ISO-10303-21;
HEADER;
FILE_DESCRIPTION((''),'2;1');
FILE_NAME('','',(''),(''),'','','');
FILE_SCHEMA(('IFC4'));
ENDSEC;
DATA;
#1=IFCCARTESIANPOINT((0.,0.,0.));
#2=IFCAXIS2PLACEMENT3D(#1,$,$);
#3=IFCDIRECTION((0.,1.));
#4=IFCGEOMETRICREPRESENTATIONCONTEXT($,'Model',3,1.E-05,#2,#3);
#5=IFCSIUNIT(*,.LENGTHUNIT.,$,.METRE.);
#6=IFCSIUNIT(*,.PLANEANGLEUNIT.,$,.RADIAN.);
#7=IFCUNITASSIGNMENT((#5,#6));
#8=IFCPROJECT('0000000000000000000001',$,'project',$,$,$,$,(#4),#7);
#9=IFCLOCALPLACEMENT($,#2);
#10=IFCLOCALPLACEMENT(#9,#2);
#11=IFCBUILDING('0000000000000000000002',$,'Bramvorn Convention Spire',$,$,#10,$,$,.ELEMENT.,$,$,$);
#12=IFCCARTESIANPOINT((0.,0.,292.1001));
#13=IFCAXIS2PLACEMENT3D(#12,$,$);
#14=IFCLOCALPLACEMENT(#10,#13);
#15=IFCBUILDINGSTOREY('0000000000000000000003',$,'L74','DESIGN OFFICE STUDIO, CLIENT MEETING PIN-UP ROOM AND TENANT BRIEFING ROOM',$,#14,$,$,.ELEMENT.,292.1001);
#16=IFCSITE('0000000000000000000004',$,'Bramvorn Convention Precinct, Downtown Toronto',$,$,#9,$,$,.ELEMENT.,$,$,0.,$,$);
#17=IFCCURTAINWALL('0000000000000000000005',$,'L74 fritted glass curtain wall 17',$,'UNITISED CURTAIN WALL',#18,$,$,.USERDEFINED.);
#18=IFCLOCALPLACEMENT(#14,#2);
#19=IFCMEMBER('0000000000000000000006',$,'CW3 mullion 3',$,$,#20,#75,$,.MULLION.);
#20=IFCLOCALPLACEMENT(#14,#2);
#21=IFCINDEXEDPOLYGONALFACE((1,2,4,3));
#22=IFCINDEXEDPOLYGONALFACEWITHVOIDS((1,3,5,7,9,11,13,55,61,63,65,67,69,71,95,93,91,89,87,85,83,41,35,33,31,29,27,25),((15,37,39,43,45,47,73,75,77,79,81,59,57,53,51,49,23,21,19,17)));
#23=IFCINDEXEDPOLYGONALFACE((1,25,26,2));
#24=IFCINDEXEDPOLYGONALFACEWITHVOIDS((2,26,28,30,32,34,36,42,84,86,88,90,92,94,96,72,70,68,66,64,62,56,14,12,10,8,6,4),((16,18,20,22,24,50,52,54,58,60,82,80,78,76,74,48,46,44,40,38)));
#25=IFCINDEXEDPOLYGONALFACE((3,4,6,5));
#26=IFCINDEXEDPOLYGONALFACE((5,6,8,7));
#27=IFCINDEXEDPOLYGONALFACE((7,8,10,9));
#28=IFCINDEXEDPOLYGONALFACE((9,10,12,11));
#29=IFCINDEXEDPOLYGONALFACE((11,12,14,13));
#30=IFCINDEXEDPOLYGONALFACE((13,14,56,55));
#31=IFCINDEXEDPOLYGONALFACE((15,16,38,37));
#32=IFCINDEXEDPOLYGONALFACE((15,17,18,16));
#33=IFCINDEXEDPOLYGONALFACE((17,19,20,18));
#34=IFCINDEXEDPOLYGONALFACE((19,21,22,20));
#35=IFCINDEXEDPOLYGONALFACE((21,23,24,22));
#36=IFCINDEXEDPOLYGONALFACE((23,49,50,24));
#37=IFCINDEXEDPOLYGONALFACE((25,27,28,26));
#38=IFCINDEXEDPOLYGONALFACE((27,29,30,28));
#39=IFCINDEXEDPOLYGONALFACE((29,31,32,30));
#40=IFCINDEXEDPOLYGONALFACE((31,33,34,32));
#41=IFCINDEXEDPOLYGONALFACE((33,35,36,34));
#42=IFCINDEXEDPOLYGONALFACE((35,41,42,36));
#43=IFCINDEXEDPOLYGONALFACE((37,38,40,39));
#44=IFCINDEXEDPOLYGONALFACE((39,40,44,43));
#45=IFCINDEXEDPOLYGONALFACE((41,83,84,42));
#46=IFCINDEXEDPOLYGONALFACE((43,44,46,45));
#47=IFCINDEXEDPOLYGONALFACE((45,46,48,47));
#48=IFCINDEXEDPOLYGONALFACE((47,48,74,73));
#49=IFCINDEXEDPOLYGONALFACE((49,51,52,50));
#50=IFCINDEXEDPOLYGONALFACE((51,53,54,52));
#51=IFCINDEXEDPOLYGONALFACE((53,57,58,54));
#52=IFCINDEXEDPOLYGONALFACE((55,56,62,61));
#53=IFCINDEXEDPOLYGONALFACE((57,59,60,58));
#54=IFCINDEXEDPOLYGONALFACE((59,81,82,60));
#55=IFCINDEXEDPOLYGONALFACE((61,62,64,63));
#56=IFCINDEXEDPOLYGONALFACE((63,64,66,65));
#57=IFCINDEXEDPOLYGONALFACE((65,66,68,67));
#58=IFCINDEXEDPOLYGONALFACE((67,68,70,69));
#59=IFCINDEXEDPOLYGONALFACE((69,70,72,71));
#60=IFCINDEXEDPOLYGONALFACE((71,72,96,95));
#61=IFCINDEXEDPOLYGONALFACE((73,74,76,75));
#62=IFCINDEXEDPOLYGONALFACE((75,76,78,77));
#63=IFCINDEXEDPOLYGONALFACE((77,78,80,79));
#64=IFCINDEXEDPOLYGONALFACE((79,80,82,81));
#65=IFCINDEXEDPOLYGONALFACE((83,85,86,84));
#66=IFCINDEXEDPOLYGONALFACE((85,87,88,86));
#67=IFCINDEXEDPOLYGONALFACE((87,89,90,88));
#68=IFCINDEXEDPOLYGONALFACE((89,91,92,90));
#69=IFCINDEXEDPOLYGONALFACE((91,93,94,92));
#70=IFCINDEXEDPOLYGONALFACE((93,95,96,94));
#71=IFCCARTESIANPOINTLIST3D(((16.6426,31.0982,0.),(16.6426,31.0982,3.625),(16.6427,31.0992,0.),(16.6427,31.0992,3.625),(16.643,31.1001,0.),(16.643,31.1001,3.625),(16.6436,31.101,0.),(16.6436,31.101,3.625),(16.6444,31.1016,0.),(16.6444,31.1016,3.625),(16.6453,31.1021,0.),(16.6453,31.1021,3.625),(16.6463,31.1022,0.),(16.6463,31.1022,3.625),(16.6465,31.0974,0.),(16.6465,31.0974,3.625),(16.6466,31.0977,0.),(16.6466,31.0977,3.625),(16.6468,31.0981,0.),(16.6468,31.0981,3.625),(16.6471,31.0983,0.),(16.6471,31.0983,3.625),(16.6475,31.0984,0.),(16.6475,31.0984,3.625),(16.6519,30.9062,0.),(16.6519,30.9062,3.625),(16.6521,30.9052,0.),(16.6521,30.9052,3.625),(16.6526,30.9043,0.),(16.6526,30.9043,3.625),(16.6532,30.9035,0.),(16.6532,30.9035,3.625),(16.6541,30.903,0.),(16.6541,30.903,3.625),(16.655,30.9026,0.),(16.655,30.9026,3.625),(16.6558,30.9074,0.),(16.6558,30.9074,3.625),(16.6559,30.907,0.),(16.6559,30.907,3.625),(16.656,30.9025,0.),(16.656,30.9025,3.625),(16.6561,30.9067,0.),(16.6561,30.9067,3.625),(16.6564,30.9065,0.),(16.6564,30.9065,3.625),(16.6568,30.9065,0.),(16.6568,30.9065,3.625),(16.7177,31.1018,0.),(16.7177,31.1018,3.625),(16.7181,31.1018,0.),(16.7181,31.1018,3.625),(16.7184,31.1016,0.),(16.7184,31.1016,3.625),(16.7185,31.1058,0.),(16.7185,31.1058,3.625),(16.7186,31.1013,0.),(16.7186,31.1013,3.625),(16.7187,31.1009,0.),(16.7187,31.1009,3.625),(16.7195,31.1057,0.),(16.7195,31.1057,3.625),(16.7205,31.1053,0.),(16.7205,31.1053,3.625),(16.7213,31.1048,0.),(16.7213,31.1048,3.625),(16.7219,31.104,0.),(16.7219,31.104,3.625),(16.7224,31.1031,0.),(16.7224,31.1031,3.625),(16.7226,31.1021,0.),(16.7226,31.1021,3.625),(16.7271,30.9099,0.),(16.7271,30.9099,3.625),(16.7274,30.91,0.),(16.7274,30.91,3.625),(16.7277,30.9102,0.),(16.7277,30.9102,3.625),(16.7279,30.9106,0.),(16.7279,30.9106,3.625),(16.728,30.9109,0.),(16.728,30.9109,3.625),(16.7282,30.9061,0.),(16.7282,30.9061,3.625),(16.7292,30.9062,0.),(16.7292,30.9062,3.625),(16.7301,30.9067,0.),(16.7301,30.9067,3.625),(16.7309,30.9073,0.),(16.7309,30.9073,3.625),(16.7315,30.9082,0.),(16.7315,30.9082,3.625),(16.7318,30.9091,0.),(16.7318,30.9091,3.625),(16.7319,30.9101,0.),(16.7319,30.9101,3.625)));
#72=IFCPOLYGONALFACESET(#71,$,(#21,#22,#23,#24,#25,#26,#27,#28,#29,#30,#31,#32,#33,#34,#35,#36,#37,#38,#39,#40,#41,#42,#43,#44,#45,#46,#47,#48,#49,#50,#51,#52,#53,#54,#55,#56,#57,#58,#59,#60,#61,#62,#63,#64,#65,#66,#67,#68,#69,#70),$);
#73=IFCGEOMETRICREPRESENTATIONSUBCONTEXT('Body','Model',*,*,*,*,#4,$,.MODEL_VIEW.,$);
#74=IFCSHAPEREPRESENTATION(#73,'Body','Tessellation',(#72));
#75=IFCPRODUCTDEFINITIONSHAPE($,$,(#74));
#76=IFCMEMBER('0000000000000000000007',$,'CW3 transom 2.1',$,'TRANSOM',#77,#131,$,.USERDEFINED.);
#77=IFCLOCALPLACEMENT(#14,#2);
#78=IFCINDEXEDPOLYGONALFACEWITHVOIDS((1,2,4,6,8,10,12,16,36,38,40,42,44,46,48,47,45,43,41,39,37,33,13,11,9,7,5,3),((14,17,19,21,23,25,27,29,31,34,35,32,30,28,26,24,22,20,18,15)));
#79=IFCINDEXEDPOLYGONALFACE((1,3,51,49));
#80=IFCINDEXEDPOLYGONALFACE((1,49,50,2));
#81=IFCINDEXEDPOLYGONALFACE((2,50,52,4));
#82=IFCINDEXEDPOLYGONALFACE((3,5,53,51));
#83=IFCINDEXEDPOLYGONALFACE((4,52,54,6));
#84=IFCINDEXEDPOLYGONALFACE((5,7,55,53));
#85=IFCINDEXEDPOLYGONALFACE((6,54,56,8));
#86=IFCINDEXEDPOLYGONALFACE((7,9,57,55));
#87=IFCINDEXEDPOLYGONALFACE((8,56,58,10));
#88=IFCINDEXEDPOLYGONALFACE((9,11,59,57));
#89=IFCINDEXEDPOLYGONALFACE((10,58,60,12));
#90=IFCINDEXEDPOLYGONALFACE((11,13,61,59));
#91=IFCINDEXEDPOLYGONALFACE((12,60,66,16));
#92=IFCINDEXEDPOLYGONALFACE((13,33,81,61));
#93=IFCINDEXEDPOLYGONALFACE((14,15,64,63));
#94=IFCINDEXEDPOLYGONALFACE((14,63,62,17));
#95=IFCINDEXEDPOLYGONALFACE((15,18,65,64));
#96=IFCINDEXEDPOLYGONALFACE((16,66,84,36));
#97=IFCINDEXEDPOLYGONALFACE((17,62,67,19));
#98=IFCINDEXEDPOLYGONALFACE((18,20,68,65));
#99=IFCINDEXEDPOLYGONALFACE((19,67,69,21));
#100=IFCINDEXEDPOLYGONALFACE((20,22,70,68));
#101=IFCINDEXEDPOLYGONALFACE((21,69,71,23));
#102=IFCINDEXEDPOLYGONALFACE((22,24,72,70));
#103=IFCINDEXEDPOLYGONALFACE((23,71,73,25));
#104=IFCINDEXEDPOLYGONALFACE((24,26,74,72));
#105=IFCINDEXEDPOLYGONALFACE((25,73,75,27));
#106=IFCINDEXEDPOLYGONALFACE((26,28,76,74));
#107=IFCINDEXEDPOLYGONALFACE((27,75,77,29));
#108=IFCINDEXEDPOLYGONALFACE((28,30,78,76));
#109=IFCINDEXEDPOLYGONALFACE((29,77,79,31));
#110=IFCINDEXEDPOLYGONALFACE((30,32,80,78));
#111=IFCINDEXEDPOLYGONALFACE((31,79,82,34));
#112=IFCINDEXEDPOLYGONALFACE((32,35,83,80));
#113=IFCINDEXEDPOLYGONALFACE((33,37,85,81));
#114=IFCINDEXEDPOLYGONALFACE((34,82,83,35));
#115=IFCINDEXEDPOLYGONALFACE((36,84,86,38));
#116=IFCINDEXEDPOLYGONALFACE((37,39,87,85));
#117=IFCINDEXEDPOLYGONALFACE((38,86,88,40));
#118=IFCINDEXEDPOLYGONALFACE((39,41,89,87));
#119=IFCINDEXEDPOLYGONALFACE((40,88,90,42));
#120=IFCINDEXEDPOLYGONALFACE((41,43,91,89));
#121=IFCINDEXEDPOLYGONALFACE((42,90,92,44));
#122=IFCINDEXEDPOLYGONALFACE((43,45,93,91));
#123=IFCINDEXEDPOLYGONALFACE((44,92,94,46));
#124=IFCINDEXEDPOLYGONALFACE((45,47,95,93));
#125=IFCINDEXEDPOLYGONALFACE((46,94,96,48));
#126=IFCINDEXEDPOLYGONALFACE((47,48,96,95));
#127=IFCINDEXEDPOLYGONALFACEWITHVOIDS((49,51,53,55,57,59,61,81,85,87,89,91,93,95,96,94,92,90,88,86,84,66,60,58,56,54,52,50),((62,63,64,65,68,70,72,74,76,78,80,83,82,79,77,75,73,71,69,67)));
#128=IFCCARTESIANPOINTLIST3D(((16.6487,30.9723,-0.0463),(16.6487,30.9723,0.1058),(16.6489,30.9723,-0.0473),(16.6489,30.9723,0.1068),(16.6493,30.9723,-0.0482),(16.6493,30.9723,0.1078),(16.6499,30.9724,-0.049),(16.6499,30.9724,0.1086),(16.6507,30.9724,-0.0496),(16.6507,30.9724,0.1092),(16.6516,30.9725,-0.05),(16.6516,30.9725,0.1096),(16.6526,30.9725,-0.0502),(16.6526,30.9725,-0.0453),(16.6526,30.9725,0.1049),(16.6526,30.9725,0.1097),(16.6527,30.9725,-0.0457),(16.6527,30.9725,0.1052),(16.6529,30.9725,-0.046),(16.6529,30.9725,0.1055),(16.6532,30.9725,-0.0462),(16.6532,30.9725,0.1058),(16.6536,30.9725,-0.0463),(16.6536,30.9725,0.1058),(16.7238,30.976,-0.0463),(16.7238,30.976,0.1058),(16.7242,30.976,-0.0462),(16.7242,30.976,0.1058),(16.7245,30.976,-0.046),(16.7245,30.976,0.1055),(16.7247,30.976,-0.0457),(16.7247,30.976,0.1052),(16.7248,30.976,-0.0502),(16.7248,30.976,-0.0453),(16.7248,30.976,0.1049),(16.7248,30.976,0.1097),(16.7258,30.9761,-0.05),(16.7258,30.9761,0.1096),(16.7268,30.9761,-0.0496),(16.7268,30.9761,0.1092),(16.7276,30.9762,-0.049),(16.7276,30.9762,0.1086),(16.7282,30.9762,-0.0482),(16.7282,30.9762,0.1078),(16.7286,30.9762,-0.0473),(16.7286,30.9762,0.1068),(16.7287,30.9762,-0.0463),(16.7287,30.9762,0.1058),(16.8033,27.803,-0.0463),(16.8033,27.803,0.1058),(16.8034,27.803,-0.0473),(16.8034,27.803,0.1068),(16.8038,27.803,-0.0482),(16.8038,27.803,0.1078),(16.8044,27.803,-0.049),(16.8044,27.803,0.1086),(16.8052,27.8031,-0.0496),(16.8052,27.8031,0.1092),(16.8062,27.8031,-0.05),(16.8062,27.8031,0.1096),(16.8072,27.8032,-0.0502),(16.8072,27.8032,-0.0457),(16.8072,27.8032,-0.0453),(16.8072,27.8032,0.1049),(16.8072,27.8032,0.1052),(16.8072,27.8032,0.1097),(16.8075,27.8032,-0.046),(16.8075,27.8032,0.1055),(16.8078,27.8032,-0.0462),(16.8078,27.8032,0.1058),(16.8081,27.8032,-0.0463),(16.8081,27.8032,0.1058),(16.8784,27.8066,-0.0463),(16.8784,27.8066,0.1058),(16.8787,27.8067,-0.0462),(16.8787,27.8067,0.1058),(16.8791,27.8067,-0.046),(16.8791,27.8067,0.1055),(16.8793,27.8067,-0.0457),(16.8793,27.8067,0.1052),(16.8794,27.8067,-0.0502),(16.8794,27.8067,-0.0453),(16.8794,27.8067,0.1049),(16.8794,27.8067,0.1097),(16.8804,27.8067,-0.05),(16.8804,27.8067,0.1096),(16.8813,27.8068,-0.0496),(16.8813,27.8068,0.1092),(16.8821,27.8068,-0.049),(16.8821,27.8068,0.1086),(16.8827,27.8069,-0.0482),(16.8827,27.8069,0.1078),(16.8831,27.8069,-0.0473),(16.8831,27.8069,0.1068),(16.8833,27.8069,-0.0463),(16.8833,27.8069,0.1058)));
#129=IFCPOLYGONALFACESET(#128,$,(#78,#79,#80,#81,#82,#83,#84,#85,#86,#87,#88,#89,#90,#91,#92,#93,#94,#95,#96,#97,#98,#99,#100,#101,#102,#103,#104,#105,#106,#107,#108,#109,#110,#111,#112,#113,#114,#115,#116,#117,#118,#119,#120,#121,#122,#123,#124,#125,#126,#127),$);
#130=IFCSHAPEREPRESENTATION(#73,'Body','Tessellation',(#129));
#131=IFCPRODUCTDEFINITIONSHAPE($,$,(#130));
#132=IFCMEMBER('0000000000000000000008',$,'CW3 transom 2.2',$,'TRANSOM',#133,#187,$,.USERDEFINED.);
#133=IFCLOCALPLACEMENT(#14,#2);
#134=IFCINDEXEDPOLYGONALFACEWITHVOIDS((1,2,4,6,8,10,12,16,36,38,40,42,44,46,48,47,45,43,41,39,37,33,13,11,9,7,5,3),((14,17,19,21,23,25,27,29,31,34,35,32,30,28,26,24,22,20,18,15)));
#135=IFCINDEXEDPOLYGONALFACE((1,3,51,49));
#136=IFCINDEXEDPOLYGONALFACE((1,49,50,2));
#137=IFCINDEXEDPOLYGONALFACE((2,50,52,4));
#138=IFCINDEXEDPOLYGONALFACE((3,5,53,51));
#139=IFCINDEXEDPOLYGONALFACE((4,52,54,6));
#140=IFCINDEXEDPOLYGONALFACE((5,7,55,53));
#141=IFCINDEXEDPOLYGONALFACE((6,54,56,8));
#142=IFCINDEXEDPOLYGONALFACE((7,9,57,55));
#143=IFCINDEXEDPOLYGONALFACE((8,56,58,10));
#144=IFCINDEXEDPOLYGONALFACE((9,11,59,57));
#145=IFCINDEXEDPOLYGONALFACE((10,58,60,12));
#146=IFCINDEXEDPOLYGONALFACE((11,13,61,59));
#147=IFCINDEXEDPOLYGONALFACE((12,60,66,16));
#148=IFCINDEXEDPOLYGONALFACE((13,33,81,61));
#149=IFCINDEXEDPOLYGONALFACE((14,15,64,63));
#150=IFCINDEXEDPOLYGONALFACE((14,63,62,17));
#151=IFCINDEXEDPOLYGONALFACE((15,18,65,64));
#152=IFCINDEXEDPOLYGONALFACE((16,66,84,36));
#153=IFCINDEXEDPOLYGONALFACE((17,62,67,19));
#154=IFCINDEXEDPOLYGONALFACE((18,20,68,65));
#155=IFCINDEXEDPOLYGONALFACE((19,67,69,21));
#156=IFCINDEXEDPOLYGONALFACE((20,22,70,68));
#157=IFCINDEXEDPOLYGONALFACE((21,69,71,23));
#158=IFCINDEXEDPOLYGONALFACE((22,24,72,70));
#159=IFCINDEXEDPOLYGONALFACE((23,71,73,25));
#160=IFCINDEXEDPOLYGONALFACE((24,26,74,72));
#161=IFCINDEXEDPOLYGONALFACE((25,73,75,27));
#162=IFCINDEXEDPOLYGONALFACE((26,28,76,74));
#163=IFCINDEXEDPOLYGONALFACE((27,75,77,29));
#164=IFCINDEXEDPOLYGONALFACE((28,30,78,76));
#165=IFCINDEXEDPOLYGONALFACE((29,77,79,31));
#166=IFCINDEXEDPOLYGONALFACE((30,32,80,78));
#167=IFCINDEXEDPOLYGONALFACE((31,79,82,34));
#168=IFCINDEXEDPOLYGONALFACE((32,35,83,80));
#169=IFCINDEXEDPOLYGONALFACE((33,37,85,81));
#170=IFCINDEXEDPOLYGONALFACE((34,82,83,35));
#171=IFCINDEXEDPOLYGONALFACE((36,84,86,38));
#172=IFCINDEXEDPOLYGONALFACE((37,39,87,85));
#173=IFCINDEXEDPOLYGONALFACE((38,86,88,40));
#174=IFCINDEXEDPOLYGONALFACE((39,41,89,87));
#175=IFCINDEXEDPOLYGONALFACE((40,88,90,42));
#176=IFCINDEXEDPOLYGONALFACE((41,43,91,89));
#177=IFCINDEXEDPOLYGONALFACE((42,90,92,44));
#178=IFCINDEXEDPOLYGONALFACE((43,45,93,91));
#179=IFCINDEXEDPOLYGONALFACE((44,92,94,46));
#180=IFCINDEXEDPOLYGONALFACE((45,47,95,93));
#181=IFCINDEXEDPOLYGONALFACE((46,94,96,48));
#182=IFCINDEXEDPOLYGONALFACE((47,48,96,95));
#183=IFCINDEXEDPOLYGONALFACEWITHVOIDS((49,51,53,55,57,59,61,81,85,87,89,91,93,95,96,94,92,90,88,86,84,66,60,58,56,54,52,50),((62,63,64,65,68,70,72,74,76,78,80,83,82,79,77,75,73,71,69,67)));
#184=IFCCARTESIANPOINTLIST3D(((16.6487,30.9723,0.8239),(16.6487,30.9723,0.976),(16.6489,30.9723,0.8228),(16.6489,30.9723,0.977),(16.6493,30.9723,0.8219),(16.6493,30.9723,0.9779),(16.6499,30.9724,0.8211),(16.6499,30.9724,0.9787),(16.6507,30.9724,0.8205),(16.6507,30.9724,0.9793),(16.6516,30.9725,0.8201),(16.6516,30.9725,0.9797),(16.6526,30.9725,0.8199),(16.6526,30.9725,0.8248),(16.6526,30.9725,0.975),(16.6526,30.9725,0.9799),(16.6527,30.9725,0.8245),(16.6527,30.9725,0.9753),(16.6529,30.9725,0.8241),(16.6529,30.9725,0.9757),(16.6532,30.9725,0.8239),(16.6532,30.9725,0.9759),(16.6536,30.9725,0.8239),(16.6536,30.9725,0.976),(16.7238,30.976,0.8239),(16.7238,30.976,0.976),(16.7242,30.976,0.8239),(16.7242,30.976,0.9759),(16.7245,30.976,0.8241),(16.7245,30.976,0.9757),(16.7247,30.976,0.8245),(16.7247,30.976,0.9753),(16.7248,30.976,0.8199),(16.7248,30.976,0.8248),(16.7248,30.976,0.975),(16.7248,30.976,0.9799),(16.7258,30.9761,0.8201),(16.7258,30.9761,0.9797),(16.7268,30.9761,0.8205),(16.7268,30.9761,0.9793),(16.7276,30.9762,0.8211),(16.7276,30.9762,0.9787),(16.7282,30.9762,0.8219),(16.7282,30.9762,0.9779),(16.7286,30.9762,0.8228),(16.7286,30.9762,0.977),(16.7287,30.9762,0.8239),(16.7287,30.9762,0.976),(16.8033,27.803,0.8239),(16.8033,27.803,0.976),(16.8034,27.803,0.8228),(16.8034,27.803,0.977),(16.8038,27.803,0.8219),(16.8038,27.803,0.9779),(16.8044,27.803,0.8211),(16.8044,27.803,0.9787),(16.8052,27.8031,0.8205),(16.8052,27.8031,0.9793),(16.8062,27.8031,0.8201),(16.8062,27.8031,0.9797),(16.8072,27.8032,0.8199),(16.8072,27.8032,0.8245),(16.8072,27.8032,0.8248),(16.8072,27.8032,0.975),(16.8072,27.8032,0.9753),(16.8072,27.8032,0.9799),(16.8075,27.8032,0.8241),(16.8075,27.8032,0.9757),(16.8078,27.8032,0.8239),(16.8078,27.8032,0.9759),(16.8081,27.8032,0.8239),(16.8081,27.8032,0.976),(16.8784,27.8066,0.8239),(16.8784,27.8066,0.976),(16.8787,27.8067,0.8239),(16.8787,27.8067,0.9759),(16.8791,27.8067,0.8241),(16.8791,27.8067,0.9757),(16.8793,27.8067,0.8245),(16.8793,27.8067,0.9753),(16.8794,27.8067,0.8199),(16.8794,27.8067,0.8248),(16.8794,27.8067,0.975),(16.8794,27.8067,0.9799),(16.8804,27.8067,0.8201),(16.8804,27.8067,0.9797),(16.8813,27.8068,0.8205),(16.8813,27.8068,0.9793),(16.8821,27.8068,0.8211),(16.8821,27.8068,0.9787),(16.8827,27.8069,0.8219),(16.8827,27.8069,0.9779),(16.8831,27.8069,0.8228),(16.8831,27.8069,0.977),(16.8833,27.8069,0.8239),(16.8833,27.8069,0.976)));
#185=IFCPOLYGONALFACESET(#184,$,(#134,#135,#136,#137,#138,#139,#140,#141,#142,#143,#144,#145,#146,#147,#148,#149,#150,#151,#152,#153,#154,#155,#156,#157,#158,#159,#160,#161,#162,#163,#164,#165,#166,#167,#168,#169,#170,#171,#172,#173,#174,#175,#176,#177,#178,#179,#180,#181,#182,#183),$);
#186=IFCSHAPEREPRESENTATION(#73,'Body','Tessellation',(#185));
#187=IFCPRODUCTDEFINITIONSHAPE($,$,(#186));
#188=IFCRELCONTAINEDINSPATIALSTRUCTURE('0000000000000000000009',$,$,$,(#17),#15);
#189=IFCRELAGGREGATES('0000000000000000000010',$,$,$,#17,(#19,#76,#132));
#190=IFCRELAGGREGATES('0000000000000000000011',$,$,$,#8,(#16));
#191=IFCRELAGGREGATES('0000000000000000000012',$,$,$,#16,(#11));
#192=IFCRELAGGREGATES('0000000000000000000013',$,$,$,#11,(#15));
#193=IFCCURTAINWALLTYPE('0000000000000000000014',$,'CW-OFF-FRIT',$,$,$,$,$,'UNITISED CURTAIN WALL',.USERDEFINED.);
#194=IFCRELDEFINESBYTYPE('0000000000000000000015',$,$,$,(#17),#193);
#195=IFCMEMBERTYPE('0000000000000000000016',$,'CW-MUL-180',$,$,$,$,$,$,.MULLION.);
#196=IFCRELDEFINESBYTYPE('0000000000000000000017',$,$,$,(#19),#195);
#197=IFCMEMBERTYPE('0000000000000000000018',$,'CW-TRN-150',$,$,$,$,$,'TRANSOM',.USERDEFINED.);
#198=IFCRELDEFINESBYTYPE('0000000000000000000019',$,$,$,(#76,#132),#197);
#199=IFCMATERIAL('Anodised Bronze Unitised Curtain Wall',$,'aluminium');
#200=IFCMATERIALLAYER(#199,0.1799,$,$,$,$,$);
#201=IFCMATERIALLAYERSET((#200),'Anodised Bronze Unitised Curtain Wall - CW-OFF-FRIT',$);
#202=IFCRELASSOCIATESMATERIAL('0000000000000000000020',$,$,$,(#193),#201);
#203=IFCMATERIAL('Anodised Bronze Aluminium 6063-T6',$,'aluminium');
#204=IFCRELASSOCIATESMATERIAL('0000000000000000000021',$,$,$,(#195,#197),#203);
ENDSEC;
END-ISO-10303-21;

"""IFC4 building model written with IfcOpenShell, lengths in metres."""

from ifc_helpers import new_model, si_unit, direction, frame, origin, origin_2d, place, context, subcontext, project, spatial, hollow_rectangle, extrude, material, layer, layer_set, material_profile, profile_set, type_object, element, aggregate, save


model = new_model("IFC4")

# Units and contexts
model_context = context("Model", 3, precision=1e-05, world=origin(), true_north=direction((0.0, 1.0)))
body_context = subcontext(model_context, "Body", "Model", "MODEL_VIEW")
ifc_project = project(units=[si_unit("LENGTHUNIT", "METRE"), si_unit("PLANEANGLEUNIT", "RADIAN")], contexts=[model_context])

# Site, building, storey
site_placement = place(None, origin())
site = spatial("IfcSite", under=ifc_project, at=site_placement, Name="Bramvorn Convention Precinct, Downtown Toronto", CompositionType="ELEMENT", RefElevation=0.0)
building_placement = place(site_placement, origin())
building = spatial("IfcBuilding", under=site, at=building_placement, Name="Bramvorn Convention Spire", CompositionType="ELEMENT")
storey_placement = place(building_placement, frame((0.0, 0.0, 292.1001)))
storey = spatial("IfcBuildingStorey", under=building, at=storey_placement, Name="L74", Description="DESIGN OFFICE STUDIO, CLIENT MEETING PIN-UP ROOM AND TENANT BRIEFING ROOM", CompositionType="ELEMENT", Elevation=292.1001)

# Curtain wall, members
ifc_material_1 = material(Name="Anodised Bronze Unitised Curtain Wall", Category="aluminium")
ifc_layer_1 = layer(ifc_material_1, 0.1799)
ifc_layer_set_1 = layer_set([ifc_layer_1], Name="Anodised Bronze Unitised Curtain Wall - CW-OFF-FRIT")
curtain_wall_type = type_object("IfcCurtainWallType", Name="CW-OFF-FRIT", ElementType="UNITISED CURTAIN WALL", PredefinedType="USERDEFINED", material=ifc_layer_set_1)
curtain_wall_placement = place(storey_placement, origin())
curtain_wall = element("IfcCurtainWall", 1, at=curtain_wall_placement, inside=storey, type_object=curtain_wall_type, Name="L74 fritted glass curtain wall 17", ObjectType="UNITISED CURTAIN WALL", PredefinedType="USERDEFINED")
ifc_material_2 = material(Name="Anodised Bronze Aluminium 6063-T6", Category="aluminium")
ifc_material_profile_1 = material_profile(ifc_material_2, hollow_rectangle(XDim=0.0801, YDim=0.2, WallThickness=0.0039, InnerFilletRadius=0.001, OuterFilletRadius=0.0039, at=origin_2d()))
ifc_profile_set_1 = profile_set([ifc_material_profile_1], Name="Anodised Bronze Aluminium 6063-T6 - CWM80X200")
member_type_1 = type_object("IfcMemberType", Name="CW-MUL-180", PredefinedType="MULLION", material=ifc_profile_set_1)
member_1_placement = place(storey_placement, frame((16.6873, 31.0042, 0.0), z_axis=(0.0, 0.0, 1.0), x_axis=(-0.998813, -0.048711, 0.0)))
member_1 = element("IfcMember", 2, at=member_1_placement, type_object=member_type_1, Name="CW3 mullion 3", PredefinedType="MULLION", context=body_context, shape_type="SweptSolid", body=[
    extrude(hollow_rectangle(XDim=0.0801, YDim=0.2, WallThickness=0.0039, InnerFilletRadius=0.001, OuterFilletRadius=0.0039, at=origin_2d()), origin(), (0.0, 0.0, 1.0), 3.625),
])
ifc_material_profile_2 = material_profile(ifc_material_2, hollow_rectangle(XDim=0.0801, YDim=0.1599, WallThickness=0.0039, InnerFilletRadius=0.001, OuterFilletRadius=0.0039, at=origin_2d()))
ifc_profile_set_2 = profile_set([ifc_material_profile_2], Name="Anodised Bronze Aluminium 6063-T6 - CWT80X160")
member_type_2 = type_object("IfcMemberType", Name="CW-TRN-150", ElementType="TRANSOM", PredefinedType="USERDEFINED", material=ifc_profile_set_2)
member_2_placement = place(storey_placement, frame((16.8433, 27.8049, 0.0298), z_axis=(-0.048702, 0.998813, 0.0), x_axis=(-0.998813, -0.048702, 0.0)))
member_2 = element("IfcMember", 3, at=member_2_placement, type_object=member_type_2, Name="CW3 transom 2.1", ObjectType="TRANSOM", PredefinedType="USERDEFINED", context=body_context, shape_type="SweptSolid", body=[
    extrude(hollow_rectangle(XDim=0.0801, YDim=0.1599, WallThickness=0.0039, InnerFilletRadius=0.001, OuterFilletRadius=0.0039, at=origin_2d()), origin(), (0.0, 0.0, 1.0), 3.1731),
])
member_3_placement = place(storey_placement, frame((16.8433, 27.8049, 0.8999), z_axis=(-0.048702, 0.998813, 0.0), x_axis=(-0.998813, -0.048702, 0.0)))
member_3 = element("IfcMember", 4, at=member_3_placement, type_object=member_type_2, Name="CW3 transom 2.2", ObjectType="TRANSOM", PredefinedType="USERDEFINED", context=body_context, shape_type="SweptSolid", body=[
    extrude(hollow_rectangle(XDim=0.0801, YDim=0.1599, WallThickness=0.0039, InnerFilletRadius=0.001, OuterFilletRadius=0.0039, at=origin_2d()), origin(), (0.0, 0.0, 1.0), 3.1731),
])
aggregate(curtain_wall, [member_1, member_2, member_3])

save(model, "model.ifc")
